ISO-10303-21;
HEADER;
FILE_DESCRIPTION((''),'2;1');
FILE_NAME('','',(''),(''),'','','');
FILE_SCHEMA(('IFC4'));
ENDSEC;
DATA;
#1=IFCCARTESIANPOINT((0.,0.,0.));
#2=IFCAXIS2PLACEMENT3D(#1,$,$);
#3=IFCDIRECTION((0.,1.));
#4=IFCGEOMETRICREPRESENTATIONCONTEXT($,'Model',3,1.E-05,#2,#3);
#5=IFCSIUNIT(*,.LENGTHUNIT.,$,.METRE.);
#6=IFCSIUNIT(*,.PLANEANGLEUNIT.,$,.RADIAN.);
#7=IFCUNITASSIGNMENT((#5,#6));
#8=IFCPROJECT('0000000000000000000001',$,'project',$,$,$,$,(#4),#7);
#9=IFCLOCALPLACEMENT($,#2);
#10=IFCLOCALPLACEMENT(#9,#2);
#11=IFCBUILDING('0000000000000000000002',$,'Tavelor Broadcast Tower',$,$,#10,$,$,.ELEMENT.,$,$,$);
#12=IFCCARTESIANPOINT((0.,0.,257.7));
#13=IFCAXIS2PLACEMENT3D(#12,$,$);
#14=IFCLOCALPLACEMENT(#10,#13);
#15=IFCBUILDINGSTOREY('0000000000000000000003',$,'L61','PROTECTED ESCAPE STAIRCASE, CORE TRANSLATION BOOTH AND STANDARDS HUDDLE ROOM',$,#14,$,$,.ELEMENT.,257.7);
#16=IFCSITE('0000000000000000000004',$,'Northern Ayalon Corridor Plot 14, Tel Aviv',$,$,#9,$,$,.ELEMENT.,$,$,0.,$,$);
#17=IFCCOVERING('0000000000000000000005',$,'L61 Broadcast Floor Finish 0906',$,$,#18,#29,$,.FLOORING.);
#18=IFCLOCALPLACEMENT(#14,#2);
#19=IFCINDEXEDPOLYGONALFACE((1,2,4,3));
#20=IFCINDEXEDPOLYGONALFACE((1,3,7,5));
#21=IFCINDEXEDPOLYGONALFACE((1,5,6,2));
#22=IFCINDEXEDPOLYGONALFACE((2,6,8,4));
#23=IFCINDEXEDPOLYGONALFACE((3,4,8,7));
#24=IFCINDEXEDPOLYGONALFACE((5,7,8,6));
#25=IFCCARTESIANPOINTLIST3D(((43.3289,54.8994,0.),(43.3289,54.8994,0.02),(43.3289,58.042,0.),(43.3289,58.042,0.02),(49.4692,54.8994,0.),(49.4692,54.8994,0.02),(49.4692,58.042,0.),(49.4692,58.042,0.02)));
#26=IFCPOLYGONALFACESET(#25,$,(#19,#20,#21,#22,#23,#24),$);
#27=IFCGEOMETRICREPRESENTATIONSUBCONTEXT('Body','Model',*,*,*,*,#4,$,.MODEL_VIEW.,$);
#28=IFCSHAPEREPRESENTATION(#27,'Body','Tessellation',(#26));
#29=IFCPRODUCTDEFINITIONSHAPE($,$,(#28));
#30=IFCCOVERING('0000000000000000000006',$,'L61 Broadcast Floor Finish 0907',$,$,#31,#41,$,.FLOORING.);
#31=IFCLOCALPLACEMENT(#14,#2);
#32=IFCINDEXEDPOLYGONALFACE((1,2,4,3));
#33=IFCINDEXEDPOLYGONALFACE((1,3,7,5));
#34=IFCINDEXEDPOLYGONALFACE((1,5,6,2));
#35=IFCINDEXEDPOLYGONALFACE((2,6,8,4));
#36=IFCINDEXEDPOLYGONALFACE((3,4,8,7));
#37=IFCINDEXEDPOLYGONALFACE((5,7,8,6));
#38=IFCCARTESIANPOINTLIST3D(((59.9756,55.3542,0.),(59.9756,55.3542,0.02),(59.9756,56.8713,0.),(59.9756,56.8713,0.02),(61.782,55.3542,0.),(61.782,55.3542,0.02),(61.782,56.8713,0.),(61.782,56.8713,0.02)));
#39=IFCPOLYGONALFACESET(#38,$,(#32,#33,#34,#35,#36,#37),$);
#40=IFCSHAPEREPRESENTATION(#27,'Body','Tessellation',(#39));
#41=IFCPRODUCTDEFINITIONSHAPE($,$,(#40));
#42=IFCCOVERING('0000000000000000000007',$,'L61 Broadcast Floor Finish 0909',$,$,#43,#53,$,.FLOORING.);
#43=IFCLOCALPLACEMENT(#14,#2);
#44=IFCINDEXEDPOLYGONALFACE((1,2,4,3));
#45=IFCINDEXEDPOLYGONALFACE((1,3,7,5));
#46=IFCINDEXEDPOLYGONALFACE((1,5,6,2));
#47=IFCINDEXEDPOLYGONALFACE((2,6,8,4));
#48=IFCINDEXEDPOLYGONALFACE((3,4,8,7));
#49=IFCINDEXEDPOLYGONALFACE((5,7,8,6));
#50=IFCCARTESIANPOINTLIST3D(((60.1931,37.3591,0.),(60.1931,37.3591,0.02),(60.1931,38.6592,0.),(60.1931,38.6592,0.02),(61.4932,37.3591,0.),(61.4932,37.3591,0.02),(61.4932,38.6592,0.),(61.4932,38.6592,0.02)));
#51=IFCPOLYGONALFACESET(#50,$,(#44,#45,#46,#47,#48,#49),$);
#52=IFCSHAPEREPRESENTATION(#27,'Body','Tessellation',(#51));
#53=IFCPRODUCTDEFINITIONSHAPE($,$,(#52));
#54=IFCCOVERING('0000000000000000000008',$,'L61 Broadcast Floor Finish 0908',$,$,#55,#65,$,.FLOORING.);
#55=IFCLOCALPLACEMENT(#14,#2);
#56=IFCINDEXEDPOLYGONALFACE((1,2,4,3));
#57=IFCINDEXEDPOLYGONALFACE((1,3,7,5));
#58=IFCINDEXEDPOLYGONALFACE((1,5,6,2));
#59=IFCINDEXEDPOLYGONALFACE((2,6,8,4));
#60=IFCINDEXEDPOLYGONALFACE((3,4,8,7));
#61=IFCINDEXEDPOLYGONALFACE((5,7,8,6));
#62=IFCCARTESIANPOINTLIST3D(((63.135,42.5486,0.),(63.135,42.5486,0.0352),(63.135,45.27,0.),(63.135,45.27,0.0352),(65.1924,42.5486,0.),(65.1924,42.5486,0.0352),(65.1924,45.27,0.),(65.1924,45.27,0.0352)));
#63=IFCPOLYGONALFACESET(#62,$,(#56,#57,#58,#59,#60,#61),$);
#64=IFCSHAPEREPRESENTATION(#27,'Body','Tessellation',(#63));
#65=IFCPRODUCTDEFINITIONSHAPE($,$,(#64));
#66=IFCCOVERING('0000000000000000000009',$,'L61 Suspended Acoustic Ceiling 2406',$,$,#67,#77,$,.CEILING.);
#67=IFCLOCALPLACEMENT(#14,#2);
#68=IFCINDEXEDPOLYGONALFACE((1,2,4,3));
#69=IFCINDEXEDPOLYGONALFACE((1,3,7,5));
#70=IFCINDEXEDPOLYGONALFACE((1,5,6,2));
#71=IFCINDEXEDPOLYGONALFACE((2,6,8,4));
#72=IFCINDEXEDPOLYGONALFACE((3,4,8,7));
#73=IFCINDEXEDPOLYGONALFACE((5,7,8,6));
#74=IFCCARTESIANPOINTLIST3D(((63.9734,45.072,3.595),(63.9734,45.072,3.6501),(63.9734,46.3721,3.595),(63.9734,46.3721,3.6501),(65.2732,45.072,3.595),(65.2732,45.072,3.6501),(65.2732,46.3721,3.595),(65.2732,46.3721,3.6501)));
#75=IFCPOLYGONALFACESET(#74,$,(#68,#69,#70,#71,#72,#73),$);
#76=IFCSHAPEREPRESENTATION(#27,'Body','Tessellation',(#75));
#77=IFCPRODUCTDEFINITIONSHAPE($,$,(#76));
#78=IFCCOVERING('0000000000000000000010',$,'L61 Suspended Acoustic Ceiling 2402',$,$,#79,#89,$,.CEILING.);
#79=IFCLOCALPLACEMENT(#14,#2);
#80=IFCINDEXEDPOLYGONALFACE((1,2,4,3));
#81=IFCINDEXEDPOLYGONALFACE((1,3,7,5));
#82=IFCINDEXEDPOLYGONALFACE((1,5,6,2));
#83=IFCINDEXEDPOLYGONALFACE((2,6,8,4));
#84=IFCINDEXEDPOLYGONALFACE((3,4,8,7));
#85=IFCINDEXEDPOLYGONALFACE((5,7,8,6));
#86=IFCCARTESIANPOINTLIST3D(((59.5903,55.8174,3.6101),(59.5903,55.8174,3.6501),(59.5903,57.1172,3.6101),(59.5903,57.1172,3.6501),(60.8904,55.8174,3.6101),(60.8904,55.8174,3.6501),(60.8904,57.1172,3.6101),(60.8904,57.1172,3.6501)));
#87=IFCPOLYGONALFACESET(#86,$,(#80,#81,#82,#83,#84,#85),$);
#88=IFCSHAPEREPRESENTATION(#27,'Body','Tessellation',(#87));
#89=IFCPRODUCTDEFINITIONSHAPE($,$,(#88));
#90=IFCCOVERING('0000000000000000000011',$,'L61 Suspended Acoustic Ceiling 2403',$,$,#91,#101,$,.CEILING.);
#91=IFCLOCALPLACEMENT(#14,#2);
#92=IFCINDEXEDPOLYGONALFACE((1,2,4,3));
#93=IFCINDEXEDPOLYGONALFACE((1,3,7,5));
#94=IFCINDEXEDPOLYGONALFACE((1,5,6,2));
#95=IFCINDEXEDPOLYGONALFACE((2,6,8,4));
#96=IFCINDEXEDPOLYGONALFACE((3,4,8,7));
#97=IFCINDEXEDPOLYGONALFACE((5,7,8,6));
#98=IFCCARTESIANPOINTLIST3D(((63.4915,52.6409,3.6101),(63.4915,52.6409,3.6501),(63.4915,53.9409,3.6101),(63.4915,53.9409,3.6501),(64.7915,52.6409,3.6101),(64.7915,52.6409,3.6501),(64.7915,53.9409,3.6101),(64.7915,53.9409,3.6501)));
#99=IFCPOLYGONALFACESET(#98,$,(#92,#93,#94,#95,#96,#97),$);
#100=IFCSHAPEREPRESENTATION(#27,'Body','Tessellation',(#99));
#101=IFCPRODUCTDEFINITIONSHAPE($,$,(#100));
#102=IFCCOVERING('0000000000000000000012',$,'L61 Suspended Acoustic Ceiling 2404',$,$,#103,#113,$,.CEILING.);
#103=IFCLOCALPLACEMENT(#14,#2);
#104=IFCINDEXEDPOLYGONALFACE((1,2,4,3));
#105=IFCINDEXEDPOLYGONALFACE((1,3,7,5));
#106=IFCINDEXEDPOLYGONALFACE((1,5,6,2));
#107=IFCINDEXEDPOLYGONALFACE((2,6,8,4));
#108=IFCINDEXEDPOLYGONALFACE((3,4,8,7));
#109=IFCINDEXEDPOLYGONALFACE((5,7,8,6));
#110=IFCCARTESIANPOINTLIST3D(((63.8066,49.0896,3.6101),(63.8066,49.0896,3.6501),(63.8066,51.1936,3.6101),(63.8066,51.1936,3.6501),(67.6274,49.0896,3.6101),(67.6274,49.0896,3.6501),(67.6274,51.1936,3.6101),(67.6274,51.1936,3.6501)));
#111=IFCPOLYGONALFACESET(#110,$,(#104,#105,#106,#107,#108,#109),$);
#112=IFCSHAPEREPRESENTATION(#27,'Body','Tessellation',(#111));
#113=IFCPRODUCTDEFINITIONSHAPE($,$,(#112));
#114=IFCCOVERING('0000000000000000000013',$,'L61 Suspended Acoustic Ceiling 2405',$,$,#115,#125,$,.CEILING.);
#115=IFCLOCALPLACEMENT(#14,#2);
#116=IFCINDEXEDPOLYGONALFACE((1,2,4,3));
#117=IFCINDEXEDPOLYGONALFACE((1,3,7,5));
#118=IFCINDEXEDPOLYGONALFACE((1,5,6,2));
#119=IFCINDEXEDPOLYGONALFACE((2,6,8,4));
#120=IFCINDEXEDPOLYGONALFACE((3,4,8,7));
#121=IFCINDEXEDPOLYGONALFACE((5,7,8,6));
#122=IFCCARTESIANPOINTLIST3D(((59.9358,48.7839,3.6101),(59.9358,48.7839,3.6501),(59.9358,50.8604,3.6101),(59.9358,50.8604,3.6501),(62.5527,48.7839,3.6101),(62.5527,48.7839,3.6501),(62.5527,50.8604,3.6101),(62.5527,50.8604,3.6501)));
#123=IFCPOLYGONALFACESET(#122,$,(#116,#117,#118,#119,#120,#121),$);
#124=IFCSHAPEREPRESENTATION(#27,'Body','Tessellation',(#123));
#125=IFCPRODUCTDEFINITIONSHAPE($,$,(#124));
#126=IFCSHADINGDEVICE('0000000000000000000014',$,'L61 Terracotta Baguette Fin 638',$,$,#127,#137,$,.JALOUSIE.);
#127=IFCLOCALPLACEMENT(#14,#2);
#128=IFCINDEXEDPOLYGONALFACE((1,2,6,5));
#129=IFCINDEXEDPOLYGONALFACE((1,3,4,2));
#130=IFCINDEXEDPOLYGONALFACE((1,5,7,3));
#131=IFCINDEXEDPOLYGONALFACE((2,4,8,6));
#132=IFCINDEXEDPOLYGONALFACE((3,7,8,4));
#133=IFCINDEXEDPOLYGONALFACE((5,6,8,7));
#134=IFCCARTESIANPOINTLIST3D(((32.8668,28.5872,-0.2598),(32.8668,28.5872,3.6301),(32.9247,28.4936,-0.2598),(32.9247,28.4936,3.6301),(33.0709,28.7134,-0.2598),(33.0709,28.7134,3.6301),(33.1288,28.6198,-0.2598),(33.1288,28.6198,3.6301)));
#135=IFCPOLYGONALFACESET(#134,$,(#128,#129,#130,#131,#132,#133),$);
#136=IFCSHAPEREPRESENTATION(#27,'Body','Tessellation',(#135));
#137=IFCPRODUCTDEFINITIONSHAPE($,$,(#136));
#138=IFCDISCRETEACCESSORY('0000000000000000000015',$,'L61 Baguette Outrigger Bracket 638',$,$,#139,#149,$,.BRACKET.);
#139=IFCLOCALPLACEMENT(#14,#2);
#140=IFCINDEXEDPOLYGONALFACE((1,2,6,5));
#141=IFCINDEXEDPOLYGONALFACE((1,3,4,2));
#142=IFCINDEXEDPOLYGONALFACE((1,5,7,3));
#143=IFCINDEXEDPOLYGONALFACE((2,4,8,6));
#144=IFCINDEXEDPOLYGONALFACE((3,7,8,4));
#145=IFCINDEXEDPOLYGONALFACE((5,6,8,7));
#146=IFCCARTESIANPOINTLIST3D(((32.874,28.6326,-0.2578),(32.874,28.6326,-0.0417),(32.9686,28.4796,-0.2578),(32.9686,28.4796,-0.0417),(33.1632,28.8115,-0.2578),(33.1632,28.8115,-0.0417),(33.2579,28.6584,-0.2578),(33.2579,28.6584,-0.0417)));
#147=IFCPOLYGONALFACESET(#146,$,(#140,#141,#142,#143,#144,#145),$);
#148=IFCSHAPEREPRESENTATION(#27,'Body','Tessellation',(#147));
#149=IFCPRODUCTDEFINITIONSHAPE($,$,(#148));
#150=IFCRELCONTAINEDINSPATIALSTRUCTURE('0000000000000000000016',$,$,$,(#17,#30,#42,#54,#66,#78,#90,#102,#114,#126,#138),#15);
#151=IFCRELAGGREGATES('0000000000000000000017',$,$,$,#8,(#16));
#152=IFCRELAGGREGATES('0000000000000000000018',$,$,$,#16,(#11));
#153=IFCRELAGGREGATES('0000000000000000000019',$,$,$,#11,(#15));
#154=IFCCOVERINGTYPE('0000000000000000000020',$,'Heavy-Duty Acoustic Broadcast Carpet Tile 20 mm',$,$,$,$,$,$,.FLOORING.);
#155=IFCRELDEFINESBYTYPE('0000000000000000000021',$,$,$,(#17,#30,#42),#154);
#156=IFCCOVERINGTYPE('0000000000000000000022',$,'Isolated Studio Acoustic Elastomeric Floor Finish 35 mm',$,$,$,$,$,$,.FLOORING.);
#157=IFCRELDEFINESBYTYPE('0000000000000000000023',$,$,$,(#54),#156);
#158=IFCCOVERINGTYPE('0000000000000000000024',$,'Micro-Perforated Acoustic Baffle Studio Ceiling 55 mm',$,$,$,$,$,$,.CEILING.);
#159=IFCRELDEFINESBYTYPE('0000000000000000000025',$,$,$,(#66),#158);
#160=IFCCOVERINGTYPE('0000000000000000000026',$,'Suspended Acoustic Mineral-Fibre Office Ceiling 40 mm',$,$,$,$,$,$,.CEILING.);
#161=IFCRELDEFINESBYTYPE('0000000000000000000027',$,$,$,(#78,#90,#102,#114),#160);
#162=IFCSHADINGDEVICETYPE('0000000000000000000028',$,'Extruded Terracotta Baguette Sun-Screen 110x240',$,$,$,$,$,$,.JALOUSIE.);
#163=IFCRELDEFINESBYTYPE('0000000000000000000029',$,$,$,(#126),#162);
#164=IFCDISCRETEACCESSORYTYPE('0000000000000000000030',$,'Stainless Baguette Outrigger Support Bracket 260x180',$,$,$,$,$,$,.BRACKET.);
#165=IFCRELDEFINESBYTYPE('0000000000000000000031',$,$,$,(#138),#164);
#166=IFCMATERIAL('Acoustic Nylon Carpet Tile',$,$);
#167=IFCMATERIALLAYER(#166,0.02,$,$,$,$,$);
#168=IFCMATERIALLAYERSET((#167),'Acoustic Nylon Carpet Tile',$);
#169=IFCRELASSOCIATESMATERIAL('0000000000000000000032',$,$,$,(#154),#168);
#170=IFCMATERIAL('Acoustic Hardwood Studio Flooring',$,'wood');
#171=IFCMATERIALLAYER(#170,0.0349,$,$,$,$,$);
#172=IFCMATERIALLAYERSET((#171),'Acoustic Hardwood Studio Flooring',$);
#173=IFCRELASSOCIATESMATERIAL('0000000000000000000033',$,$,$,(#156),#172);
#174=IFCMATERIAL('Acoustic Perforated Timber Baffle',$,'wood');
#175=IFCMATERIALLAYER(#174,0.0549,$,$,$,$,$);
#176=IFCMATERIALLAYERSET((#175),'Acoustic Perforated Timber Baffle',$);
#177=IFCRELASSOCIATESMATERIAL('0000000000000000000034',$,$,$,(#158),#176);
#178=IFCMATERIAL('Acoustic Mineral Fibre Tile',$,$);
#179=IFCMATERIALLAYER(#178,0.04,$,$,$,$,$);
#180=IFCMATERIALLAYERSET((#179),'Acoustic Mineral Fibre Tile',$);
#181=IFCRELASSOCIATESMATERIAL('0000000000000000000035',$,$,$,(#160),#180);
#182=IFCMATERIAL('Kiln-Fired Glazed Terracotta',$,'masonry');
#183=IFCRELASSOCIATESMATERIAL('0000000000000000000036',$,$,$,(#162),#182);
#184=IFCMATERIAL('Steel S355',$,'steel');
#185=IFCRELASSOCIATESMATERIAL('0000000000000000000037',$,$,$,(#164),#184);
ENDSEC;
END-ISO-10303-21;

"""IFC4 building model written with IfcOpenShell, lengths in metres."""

from ifc_helpers import new_model, si_unit, direction, frame, origin, origin_2d, place, context, subcontext, project, spatial, polyline, rectangle, outline, extrude, source, transform, mapped, material, layer, layer_set, type_object, type_shapes, element, save


model = new_model("IFC4")

# Units and contexts
model_context = context("Model", 3, precision=1e-05, world=origin(), true_north=direction((0.0, 1.0)))
body_context = subcontext(model_context, "Body", "Model", "MODEL_VIEW")
ifc_project = project(units=[si_unit("LENGTHUNIT", "METRE"), si_unit("PLANEANGLEUNIT", "RADIAN")], contexts=[model_context])

# Site, building, storey
site_placement = place(None, origin())
site = spatial("IfcSite", under=ifc_project, at=site_placement, Name="Northern Ayalon Corridor Plot 14, Tel Aviv", CompositionType="ELEMENT", RefElevation=0.0)
building_placement = place(site_placement, origin())
building = spatial("IfcBuilding", under=site, at=building_placement, Name="Tavelor Broadcast Tower", CompositionType="ELEMENT")
storey_placement = place(building_placement, frame((0.0, 0.0, 257.7)))
storey = spatial("IfcBuildingStorey", under=building, at=storey_placement, Name="L61", Description="PROTECTED ESCAPE STAIRCASE, CORE TRANSLATION BOOTH AND STANDARDS HUDDLE ROOM", CompositionType="ELEMENT", Elevation=257.7)

# Coverings
ifc_material_1 = material(Name="Acoustic Nylon Carpet Tile")
ifc_layer_1 = layer(ifc_material_1, 0.02)
ifc_layer_set_1 = layer_set([ifc_layer_1], Name="Acoustic Nylon Carpet Tile")
covering_type_1 = type_object("IfcCoveringType", Name="Heavy-Duty Acoustic Broadcast Carpet Tile 20 mm", PredefinedType="FLOORING", material=ifc_layer_set_1)
covering_1_placement = place(storey_placement, origin())
element("IfcCovering", 1, at=covering_1_placement, inside=storey, type_object=covering_type_1, Name="L61 Broadcast Floor Finish 0906", PredefinedType="FLOORING", context=body_context, shape_type="SweptSolid", body=[
    extrude(outline(polyline([(43.3289, 54.8994), (49.4692, 54.8994), (49.4692, 58.042), (43.3289, 58.042), (43.3289, 54.8994)])), origin(), (0.0, 0.0, 1.0), 0.02),
])
covering_2_placement = place(storey_placement, origin())
element("IfcCovering", 2, at=covering_2_placement, inside=storey, type_object=covering_type_1, Name="L61 Broadcast Floor Finish 0907", PredefinedType="FLOORING", context=body_context, shape_type="SweptSolid", body=[
    extrude(outline(polyline([(59.9756, 55.3542), (61.782, 55.3542), (61.782, 56.8713), (59.9756, 56.8713), (59.9756, 55.3542)])), origin(), (0.0, 0.0, 1.0), 0.02),
])
covering_3_placement = place(storey_placement, origin())
element("IfcCovering", 3, at=covering_3_placement, inside=storey, type_object=covering_type_1, Name="L61 Broadcast Floor Finish 0909", PredefinedType="FLOORING", context=body_context, shape_type="SweptSolid", body=[
    extrude(outline(polyline([(60.1931, 37.3591), (61.4932, 37.3591), (61.4932, 38.6592), (60.1931, 38.6592), (60.1931, 37.3591)])), origin(), (0.0, 0.0, 1.0), 0.02),
])
ifc_material_2 = material(Name="Acoustic Hardwood Studio Flooring", Category="wood")
ifc_layer_2 = layer(ifc_material_2, 0.0349)
ifc_layer_set_2 = layer_set([ifc_layer_2], Name="Acoustic Hardwood Studio Flooring")
covering_type_2 = type_object("IfcCoveringType", Name="Isolated Studio Acoustic Elastomeric Floor Finish 35 mm", PredefinedType="FLOORING", material=ifc_layer_set_2)
covering_4_placement = place(storey_placement, origin())
element("IfcCovering", 4, at=covering_4_placement, inside=storey, type_object=covering_type_2, Name="L61 Broadcast Floor Finish 0908", PredefinedType="FLOORING", context=body_context, shape_type="SweptSolid", body=[
    extrude(outline(polyline([(63.135, 42.5486), (65.1924, 42.5486), (65.1924, 45.27), (63.135, 45.27), (63.135, 42.5486)])), origin(), (0.0, 0.0, 1.0), 0.0352),
])
ifc_material_3 = material(Name="Acoustic Perforated Timber Baffle", Category="wood")
ifc_layer_3 = layer(ifc_material_3, 0.0549)
ifc_layer_set_3 = layer_set([ifc_layer_3], Name="Acoustic Perforated Timber Baffle")
covering_type_3 = type_object("IfcCoveringType", Name="Micro-Perforated Acoustic Baffle Studio Ceiling 55 mm", PredefinedType="CEILING", material=ifc_layer_set_3)
covering_5_placement = place(storey_placement, frame((0.0, 0.0, 3.595)))
element("IfcCovering", 5, at=covering_5_placement, inside=storey, type_object=covering_type_3, Name="L61 Suspended Acoustic Ceiling 2406", PredefinedType="CEILING", context=body_context, shape_type="SweptSolid", body=[
    extrude(outline(polyline([(63.9734, 45.072), (65.2732, 45.072), (65.2732, 46.3721), (63.9734, 46.3721), (63.9734, 45.072)])), origin(), (0.0, 0.0, 1.0), 0.0552),
])
ifc_material_4 = material(Name="Acoustic Mineral Fibre Tile")
ifc_layer_4 = layer(ifc_material_4, 0.04)
ifc_layer_set_4 = layer_set([ifc_layer_4], Name="Acoustic Mineral Fibre Tile")
covering_type_4 = type_object("IfcCoveringType", Name="Suspended Acoustic Mineral-Fibre Office Ceiling 40 mm", PredefinedType="CEILING", material=ifc_layer_set_4)
covering_6_placement = place(storey_placement, frame((0.0, 0.0, 3.6101)))
element("IfcCovering", 6, at=covering_6_placement, inside=storey, type_object=covering_type_4, Name="L61 Suspended Acoustic Ceiling 2402", PredefinedType="CEILING", context=body_context, shape_type="SweptSolid", body=[
    extrude(outline(polyline([(59.5903, 55.8174), (60.8904, 55.8174), (60.8904, 57.1172), (59.5903, 57.1172), (59.5903, 55.8174)])), origin(), (0.0, 0.0, 1.0), 0.04),
])
covering_7_placement = place(storey_placement, frame((0.0, 0.0, 3.6101)))
element("IfcCovering", 7, at=covering_7_placement, inside=storey, type_object=covering_type_4, Name="L61 Suspended Acoustic Ceiling 2403", PredefinedType="CEILING", context=body_context, shape_type="SweptSolid", body=[
    extrude(outline(polyline([(63.4915, 52.6409), (64.7915, 52.6409), (64.7915, 53.9409), (63.4915, 53.9409), (63.4915, 52.6409)])), origin(), (0.0, 0.0, 1.0), 0.04),
])
covering_8_placement = place(storey_placement, frame((0.0, 0.0, 3.6101)))
element("IfcCovering", 8, at=covering_8_placement, inside=storey, type_object=covering_type_4, Name="L61 Suspended Acoustic Ceiling 2404", PredefinedType="CEILING", context=body_context, shape_type="SweptSolid", body=[
    extrude(outline(polyline([(63.8066, 49.0896), (67.6274, 49.0896), (67.6274, 51.1936), (63.8066, 51.1936), (63.8066, 49.0896)])), origin(), (0.0, 0.0, 1.0), 0.04),
])
covering_9_placement = place(storey_placement, frame((0.0, 0.0, 3.6101)))
element("IfcCovering", 9, at=covering_9_placement, inside=storey, type_object=covering_type_4, Name="L61 Suspended Acoustic Ceiling 2405", PredefinedType="CEILING", context=body_context, shape_type="SweptSolid", body=[
    extrude(outline(polyline([(59.9358, 48.7839), (62.5527, 48.7839), (62.5527, 50.8604), (59.9358, 50.8604), (59.9358, 48.7839)])), origin(), (0.0, 0.0, 1.0), 0.04),
])

# Shading device
ifc_material_5 = material(Name="Kiln-Fired Glazed Terracotta", Category="masonry")
shading_device_type = type_object("IfcShadingDeviceType", Name="Extruded Terracotta Baguette Sun-Screen 110x240", PredefinedType="JALOUSIE", material=ifc_material_5)
shared_shape_1 = source(origin(), body_context, "Body", "SweptSolid", [
    extrude(rectangle(XDim=0.1101, YDim=0.24, at=origin_2d()), origin(), (0.0, 0.0, 1.0), 3.8899),
])
type_shapes(shading_device_type, [shared_shape_1])
shading_device_placement = place(storey_placement, frame((32.9978, 28.6035, -0.2598), z_axis=(0.0, 0.0, 1.0), x_axis=(0.525917, -0.850536, 0.0)))
element("IfcShadingDevice", 10, at=shading_device_placement, inside=storey, type_object=shading_device_type, Name="L61 Terracotta Baguette Fin 638", PredefinedType="JALOUSIE", context=body_context, shape_type="MappedRepresentation", body=[
    mapped(shared_shape_1, transform((0.0, 0.0, 0.0), scale=1.0)),
])

# Discrete accessory
ifc_material_6 = material(Name="Steel S355", Category="steel")
discrete_accessory_type = type_object("IfcDiscreteAccessoryType", Name="Stainless Baguette Outrigger Support Bracket 260x180", PredefinedType="BRACKET", material=ifc_material_6)
shared_shape_2 = source(origin(), body_context, "Body", "SweptSolid", [
    extrude(rectangle(XDim=0.1799, YDim=0.3401, at=origin_2d()), origin(), (0.0, 0.0, 1.0), 0.2161),
])
type_shapes(discrete_accessory_type, [shared_shape_2])
discrete_accessory_placement = place(storey_placement, frame((33.0659, 28.6455, -0.2578), z_axis=(0.0, 0.0, 1.0), x_axis=(0.525917, -0.850536, 0.0)))
element("IfcDiscreteAccessory", 11, at=discrete_accessory_placement, inside=storey, type_object=discrete_accessory_type, Name="L61 Baguette Outrigger Bracket 638", PredefinedType="BRACKET", context=body_context, shape_type="MappedRepresentation", body=[
    mapped(shared_shape_2, transform((0.0, 0.0, 0.0), scale=1.0)),
])

save(model, "model.ifc")
